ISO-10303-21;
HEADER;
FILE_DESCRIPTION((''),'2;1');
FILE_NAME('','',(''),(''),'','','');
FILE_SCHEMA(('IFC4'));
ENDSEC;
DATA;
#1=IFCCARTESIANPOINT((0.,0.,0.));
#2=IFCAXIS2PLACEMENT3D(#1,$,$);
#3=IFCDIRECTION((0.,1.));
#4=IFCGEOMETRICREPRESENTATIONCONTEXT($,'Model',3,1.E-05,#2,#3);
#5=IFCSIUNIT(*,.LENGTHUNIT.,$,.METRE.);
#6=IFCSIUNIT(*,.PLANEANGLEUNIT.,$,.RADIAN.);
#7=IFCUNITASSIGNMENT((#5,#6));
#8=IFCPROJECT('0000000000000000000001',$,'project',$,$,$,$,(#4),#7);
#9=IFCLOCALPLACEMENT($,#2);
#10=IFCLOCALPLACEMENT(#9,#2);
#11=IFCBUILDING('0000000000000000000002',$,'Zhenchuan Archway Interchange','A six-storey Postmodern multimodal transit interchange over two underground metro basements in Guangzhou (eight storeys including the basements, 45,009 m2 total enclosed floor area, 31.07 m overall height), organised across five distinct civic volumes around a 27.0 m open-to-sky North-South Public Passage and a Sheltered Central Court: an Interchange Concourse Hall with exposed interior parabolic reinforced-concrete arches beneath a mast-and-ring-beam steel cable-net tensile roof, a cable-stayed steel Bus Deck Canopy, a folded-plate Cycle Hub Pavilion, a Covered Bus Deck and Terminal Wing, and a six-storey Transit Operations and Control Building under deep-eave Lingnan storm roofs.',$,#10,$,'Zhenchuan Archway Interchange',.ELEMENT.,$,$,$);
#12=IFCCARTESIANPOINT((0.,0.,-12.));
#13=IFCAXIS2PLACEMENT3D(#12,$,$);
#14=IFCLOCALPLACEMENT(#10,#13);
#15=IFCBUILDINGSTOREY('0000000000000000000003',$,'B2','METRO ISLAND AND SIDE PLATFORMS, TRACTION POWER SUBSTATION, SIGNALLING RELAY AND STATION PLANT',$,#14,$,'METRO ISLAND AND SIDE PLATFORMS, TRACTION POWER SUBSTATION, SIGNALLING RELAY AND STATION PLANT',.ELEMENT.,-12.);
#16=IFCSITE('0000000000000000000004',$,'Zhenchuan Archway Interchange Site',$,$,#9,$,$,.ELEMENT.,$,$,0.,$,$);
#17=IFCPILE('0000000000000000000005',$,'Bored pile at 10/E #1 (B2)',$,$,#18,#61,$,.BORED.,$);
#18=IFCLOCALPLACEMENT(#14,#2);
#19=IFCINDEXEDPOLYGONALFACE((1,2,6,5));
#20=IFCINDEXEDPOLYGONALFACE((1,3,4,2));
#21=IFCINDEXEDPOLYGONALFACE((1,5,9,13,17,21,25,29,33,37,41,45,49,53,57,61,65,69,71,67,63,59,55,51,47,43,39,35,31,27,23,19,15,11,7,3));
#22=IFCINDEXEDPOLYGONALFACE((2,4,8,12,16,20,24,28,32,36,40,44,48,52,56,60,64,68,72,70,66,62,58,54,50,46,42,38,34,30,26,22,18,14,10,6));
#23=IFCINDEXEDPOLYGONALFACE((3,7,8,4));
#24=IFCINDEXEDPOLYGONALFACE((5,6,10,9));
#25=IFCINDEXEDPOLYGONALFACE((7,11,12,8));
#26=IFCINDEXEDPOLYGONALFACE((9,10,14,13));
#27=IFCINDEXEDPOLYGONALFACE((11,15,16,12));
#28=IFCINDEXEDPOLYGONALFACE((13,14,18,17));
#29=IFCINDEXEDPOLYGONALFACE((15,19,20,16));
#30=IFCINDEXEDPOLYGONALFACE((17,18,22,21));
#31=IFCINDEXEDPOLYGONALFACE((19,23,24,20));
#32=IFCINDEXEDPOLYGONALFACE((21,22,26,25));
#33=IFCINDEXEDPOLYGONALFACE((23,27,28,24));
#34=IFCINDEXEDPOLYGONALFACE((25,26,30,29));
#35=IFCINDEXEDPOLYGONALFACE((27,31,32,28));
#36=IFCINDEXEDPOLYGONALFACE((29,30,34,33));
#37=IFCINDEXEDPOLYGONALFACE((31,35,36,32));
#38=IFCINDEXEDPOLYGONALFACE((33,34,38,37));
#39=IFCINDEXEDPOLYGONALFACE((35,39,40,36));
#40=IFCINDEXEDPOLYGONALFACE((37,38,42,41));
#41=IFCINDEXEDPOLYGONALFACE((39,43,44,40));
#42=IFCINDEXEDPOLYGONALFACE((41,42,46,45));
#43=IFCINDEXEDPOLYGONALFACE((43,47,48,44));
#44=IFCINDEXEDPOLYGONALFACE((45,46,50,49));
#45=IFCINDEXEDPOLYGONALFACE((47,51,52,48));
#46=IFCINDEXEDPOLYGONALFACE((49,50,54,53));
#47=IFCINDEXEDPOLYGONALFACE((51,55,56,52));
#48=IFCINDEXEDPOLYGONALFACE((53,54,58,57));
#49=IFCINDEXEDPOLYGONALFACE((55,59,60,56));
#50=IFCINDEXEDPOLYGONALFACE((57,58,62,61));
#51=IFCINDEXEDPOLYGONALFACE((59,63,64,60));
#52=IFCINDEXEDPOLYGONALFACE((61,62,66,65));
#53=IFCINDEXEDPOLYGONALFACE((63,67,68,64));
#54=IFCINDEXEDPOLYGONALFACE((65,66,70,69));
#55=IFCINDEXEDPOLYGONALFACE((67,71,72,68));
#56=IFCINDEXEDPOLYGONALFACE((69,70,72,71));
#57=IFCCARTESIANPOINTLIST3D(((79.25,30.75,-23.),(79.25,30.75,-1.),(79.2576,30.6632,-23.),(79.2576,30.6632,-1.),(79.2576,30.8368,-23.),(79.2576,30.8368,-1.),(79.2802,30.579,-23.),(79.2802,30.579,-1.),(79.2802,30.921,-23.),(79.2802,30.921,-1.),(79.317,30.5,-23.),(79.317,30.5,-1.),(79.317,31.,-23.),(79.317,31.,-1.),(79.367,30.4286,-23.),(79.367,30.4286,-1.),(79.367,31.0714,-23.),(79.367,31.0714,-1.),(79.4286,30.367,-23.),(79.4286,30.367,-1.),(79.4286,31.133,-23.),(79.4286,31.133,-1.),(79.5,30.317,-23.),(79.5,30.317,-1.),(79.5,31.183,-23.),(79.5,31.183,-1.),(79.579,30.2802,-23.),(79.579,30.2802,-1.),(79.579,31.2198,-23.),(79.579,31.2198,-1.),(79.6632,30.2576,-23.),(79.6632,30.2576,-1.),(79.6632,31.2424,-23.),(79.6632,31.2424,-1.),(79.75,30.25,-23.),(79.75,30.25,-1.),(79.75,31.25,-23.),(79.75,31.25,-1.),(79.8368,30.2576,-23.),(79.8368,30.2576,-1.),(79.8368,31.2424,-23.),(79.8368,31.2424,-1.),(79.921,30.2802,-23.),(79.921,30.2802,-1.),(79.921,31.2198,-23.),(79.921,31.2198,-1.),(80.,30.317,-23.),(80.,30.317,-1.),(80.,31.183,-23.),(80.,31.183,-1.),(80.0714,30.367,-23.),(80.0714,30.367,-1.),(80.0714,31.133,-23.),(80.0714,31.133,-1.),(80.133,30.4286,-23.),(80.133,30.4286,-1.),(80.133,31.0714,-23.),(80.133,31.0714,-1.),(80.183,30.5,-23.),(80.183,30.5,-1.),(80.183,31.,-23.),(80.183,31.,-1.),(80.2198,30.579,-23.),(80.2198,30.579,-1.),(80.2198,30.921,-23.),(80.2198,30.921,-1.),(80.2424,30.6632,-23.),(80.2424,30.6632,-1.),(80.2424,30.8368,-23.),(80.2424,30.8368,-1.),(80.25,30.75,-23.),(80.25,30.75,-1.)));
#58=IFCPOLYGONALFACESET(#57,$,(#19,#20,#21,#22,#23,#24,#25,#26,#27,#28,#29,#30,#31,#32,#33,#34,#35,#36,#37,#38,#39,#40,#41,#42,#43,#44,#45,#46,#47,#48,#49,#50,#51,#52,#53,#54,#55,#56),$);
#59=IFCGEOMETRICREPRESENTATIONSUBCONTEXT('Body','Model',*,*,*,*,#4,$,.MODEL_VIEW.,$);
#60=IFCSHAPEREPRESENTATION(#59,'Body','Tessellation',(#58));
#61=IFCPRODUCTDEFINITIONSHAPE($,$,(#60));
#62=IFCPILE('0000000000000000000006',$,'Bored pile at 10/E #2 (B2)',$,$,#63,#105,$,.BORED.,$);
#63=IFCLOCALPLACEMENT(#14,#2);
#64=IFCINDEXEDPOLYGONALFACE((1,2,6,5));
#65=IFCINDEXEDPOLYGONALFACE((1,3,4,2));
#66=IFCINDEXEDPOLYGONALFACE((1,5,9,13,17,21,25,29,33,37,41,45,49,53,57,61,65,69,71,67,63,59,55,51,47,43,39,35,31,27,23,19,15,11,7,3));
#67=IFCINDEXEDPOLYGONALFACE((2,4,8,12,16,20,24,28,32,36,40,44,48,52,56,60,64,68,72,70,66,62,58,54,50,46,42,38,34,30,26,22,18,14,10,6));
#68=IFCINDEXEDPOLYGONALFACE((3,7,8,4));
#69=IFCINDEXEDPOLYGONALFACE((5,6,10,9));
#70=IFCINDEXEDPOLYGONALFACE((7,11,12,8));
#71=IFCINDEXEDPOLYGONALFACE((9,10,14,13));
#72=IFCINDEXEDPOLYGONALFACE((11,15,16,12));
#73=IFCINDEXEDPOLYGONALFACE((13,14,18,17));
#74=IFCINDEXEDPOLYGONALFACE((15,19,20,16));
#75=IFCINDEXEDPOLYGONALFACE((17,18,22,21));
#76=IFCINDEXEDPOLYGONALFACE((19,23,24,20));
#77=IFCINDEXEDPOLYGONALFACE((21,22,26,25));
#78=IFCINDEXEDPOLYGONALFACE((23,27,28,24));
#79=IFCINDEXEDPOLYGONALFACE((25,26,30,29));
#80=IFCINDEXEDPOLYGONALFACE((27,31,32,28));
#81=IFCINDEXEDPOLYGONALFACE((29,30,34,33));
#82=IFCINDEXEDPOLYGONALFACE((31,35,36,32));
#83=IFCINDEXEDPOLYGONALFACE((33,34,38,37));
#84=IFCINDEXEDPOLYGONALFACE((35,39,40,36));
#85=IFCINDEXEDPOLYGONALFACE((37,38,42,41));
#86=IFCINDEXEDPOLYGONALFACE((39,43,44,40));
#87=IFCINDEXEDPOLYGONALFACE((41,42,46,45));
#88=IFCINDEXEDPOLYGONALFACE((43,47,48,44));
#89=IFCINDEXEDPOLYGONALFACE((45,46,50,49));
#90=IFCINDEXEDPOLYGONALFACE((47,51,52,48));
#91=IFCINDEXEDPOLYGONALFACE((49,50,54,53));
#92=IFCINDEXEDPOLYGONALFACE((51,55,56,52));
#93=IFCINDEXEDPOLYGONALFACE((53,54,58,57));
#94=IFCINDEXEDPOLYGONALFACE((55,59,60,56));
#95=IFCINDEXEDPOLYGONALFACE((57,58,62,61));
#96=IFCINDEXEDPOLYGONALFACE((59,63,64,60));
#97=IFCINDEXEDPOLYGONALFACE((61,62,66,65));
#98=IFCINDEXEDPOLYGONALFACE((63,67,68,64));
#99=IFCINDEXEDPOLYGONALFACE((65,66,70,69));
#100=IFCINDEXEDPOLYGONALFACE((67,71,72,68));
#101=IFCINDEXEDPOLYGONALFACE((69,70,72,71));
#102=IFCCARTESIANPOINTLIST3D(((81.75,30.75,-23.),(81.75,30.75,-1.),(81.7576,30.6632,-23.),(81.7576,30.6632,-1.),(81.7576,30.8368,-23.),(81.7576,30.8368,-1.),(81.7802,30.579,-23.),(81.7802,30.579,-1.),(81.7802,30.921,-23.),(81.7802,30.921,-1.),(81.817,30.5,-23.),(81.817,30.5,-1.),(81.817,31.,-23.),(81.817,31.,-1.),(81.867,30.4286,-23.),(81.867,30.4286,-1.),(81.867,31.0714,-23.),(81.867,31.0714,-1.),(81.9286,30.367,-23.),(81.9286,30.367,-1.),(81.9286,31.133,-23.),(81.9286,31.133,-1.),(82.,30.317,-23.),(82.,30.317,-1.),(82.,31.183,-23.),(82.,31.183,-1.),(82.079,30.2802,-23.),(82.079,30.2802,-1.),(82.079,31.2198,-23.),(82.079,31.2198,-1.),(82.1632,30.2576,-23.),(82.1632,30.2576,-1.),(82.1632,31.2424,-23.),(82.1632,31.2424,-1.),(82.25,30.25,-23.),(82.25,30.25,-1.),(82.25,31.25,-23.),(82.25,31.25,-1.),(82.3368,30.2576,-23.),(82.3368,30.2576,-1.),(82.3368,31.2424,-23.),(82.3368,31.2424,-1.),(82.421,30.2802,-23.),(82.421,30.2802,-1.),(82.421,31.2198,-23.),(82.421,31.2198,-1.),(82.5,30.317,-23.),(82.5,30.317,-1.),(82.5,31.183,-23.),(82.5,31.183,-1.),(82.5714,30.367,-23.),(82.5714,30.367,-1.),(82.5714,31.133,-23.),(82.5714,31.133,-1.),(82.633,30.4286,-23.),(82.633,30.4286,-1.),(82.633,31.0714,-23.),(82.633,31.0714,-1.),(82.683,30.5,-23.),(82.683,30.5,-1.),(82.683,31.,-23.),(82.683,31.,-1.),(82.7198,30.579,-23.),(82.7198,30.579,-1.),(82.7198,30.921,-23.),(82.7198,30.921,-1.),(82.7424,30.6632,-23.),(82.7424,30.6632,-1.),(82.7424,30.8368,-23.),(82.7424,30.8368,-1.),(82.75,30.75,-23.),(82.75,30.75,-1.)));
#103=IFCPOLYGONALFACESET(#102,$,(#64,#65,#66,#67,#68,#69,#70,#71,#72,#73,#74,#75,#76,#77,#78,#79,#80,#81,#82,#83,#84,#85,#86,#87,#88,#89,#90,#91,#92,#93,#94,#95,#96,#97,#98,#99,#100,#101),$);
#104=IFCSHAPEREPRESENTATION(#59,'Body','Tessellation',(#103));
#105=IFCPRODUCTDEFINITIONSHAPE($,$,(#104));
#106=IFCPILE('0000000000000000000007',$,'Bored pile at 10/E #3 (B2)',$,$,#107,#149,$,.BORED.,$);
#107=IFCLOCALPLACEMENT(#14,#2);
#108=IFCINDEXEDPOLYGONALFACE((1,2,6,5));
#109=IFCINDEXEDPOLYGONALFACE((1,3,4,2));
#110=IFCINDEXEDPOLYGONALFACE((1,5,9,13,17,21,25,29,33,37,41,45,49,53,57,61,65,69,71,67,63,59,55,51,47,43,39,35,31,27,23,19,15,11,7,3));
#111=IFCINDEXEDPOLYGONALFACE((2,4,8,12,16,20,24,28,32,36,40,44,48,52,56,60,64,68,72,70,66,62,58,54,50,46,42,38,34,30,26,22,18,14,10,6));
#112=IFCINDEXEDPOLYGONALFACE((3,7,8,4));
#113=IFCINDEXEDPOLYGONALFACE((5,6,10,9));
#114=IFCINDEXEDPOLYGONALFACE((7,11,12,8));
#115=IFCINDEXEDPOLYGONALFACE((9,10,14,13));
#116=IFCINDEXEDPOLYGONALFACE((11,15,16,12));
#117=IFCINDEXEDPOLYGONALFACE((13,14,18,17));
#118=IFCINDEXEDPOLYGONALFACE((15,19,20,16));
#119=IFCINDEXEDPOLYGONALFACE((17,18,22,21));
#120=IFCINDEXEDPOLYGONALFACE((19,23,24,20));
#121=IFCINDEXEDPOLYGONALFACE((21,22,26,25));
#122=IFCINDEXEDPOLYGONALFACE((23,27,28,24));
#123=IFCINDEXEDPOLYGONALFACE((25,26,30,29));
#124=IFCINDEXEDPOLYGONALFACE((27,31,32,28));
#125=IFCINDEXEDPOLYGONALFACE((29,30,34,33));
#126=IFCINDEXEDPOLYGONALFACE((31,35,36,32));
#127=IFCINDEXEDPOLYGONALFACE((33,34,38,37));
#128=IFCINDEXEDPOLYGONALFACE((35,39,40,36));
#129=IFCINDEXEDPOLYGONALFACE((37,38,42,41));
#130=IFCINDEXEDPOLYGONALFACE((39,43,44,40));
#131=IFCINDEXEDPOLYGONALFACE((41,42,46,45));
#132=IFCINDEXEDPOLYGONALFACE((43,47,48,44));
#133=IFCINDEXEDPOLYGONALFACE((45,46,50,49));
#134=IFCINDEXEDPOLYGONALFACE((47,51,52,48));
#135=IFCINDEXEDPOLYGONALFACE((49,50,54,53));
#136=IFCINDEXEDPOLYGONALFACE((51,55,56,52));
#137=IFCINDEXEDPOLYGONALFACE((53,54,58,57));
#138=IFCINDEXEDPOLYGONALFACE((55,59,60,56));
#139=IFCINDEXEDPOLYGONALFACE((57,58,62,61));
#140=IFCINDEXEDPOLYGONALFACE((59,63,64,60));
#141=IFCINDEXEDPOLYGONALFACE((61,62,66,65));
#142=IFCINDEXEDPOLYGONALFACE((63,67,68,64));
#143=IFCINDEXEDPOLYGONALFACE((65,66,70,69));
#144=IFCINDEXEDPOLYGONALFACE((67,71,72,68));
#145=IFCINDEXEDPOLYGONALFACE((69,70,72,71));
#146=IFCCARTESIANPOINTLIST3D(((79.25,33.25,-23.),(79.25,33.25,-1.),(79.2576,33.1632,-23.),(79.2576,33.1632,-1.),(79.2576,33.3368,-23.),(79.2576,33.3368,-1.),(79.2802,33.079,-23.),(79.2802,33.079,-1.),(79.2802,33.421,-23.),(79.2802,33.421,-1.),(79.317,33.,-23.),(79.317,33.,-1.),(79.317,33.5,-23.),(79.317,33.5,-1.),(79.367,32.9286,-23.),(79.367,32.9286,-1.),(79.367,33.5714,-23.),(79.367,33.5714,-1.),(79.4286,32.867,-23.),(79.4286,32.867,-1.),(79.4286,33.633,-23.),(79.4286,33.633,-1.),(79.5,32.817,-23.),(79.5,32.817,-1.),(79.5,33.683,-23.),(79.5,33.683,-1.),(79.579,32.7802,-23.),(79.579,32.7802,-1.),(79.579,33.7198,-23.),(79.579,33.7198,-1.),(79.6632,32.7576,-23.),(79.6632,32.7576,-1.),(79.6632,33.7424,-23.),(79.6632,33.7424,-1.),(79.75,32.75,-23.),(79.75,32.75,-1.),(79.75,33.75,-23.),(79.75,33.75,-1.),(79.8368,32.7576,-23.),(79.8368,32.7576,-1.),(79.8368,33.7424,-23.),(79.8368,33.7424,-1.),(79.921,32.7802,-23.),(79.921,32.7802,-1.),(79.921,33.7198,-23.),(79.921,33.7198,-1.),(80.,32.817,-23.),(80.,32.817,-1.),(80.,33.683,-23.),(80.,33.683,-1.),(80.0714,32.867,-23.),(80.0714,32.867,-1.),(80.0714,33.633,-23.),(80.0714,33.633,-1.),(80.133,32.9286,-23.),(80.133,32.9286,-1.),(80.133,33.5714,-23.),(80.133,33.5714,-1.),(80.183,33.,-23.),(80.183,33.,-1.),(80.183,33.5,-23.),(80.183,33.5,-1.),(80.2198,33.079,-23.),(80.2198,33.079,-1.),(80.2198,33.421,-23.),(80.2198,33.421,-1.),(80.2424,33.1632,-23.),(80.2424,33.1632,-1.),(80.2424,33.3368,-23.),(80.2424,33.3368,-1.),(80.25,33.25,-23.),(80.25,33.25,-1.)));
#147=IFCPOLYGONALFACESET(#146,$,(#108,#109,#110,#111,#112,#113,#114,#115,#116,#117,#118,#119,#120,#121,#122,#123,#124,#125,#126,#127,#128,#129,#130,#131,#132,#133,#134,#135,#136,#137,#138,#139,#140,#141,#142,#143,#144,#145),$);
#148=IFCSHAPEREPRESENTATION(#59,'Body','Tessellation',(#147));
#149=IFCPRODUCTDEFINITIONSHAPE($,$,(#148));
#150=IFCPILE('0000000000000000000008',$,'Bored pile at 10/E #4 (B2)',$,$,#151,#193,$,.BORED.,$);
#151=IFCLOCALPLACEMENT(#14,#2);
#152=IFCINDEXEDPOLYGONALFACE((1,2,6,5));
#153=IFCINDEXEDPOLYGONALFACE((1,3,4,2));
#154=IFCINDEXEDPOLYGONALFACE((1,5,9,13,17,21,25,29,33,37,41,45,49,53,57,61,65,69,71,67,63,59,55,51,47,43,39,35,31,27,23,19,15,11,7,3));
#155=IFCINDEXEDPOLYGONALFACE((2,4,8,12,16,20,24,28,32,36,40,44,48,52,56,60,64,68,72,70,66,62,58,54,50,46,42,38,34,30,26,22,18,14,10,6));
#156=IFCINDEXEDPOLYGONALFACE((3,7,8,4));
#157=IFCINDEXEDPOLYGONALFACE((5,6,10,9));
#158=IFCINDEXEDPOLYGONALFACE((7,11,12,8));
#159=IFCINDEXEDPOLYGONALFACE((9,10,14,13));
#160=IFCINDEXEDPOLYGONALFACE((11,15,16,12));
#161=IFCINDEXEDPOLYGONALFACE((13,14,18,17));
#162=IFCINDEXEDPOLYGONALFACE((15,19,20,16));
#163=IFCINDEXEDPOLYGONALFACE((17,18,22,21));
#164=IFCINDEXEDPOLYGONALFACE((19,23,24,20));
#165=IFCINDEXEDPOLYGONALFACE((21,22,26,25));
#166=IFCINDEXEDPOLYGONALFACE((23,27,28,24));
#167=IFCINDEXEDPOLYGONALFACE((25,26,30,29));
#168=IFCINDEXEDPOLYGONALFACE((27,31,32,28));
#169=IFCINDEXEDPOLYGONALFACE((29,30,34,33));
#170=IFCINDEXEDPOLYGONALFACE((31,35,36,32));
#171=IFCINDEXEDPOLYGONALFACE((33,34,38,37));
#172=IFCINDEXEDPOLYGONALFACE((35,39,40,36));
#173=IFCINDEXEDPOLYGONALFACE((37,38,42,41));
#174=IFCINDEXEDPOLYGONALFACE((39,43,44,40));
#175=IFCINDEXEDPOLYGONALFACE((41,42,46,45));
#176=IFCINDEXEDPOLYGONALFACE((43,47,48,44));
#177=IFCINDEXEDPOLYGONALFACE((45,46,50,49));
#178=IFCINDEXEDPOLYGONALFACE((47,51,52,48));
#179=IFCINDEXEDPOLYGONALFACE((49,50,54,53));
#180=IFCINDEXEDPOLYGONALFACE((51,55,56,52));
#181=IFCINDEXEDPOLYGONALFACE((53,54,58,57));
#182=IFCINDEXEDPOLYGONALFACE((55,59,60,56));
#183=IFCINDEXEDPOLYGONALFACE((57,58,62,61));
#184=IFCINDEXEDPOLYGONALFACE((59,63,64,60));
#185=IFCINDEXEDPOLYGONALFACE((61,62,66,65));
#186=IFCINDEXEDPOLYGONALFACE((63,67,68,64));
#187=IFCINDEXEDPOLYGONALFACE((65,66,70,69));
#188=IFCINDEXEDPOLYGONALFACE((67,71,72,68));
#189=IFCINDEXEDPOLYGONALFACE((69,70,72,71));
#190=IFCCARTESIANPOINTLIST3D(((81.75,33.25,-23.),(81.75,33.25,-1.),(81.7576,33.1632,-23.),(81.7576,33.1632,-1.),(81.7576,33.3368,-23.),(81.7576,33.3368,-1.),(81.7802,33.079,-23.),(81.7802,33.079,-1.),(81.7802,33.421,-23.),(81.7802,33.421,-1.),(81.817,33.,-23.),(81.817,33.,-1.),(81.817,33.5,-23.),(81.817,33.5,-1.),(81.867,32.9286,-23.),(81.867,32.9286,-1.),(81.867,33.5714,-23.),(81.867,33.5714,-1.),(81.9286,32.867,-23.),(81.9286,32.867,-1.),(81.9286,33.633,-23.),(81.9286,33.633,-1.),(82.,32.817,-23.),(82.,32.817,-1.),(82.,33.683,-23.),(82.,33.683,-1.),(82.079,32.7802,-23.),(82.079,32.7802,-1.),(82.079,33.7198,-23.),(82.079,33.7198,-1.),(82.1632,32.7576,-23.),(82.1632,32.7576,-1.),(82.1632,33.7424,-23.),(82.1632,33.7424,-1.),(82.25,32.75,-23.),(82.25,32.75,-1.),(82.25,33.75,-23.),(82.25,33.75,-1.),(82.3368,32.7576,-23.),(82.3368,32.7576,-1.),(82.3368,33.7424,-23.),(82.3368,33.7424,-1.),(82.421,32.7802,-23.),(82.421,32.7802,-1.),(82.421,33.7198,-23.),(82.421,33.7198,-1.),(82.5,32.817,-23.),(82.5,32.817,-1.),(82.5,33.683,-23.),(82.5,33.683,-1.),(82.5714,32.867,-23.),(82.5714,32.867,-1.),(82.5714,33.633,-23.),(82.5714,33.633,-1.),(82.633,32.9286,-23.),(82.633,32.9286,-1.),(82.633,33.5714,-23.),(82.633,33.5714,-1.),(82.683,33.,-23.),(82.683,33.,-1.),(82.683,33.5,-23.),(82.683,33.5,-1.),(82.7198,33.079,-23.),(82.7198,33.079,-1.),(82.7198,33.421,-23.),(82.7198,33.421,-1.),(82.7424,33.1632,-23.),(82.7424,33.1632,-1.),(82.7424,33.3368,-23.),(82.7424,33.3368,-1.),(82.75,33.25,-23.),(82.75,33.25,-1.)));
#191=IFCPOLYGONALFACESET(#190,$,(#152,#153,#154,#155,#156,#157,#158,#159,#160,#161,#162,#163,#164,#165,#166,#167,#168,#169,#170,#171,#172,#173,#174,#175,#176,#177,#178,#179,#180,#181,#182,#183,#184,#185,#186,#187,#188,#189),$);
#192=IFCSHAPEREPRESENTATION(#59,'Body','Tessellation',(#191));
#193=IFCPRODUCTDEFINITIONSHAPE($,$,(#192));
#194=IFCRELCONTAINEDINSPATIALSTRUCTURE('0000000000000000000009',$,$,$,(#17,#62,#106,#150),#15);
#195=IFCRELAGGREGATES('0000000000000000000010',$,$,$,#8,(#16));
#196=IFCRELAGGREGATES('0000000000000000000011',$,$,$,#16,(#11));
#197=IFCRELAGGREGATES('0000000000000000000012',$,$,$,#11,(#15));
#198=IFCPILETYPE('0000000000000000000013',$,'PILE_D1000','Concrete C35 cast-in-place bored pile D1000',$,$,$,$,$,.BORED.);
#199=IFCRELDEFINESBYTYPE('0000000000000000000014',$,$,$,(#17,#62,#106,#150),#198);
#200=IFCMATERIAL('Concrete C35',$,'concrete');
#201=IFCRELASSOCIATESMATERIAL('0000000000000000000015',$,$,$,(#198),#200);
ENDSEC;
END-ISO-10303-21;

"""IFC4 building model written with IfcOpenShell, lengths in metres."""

from ifc_helpers import new_model, si_unit, direction, frame, origin, origin_2d, place, context, subcontext, project, spatial, circle, extrude, material, material_profile, profile_set, type_object, element, save


model = new_model("IFC4")

# Units and contexts
model_context = context("Model", 3, precision=1e-05, world=origin(), true_north=direction((0.0, 1.0)))
body_context = subcontext(model_context, "Body", "Model", "MODEL_VIEW")
ifc_project = project(units=[si_unit("LENGTHUNIT", "METRE"), si_unit("PLANEANGLEUNIT", "RADIAN")], contexts=[model_context])

# Site, building, storey
site_placement = place(None, origin())
site = spatial("IfcSite", under=ifc_project, at=site_placement, Name="Zhenchuan Archway Interchange Site", CompositionType="ELEMENT", RefElevation=0.0)
building_placement = place(site_placement, origin())
building = spatial("IfcBuilding", under=site, at=building_placement, Name="Zhenchuan Archway Interchange", Description="A six-storey Postmodern multimodal transit interchange over two underground metro basements in Guangzhou (eight storeys including the basements, 45,009 m2 total enclosed floor area, 31.07 m overall height), organised across five distinct civic volumes around a 27.0 m open-to-sky North-South Public Passage and a Sheltered Central Court: an Interchange Concourse Hall with exposed interior parabolic reinforced-concrete arches beneath a mast-and-ring-beam steel cable-net tensile roof, a cable-stayed steel Bus Deck Canopy, a folded-plate Cycle Hub Pavilion, a Covered Bus Deck and Terminal Wing, and a six-storey Transit Operations and Control Building under deep-eave Lingnan storm roofs.", LongName="Zhenchuan Archway Interchange", CompositionType="ELEMENT")
storey_placement = place(building_placement, frame((0.0, 0.0, -12.0)))
storey = spatial("IfcBuildingStorey", under=building, at=storey_placement, Name="B2", Description="METRO ISLAND AND SIDE PLATFORMS, TRACTION POWER SUBSTATION, SIGNALLING RELAY AND STATION PLANT", LongName="METRO ISLAND AND SIDE PLATFORMS, TRACTION POWER SUBSTATION, SIGNALLING RELAY AND STATION PLANT", CompositionType="ELEMENT", Elevation=-12.0)

# Piles
ifc_material_1 = material(Name="Concrete C35", Category="concrete")
ifc_material_profile_1 = material_profile(ifc_material_1, circle(Radius=0.5, at=origin_2d()), Name="BORED PILE 1000")
ifc_profile_set_1 = profile_set([ifc_material_profile_1], Name="Concrete C35")
pile_type_1 = type_object("IfcPileType", Name="PILE_D1000", Description="Concrete C35 cast-in-place bored pile D1000", PredefinedType="BORED", material=ifc_profile_set_1)
for number, where, z_axis, x_axis, name in (
    (1, (79.75, 30.75, -1.0), (0.0, 0.0, -1.0), (1.0, 0.0, 0.0), "Bored pile at 10/E #1 (B2)"),
    (2, (82.25, 30.75, -1.0), (0.0, 0.0, -1.0), (1.0, 0.0, 0.0), "Bored pile at 10/E #2 (B2)"),
    (3, (79.75, 33.25, -1.0), (0.0, 0.0, -1.0), (1.0, 0.0, 0.0), "Bored pile at 10/E #3 (B2)"),
    (4, (82.25, 33.25, -1.0), (0.0, 0.0, -1.0), (1.0, 0.0, 0.0), "Bored pile at 10/E #4 (B2)"),
):
    element("IfcPile", number, at=place(storey_placement, frame(where, z_axis=z_axis, x_axis=x_axis)), inside=storey, type_object=pile_type_1, Name=name, PredefinedType="BORED", context=body_context, shape_type="SweptSolid", body=[
        extrude(circle(Radius=0.5, at=origin_2d()), origin(), (0.0, 0.0, 1.0), 22.0),
    ])

save(model, "model.ifc")
